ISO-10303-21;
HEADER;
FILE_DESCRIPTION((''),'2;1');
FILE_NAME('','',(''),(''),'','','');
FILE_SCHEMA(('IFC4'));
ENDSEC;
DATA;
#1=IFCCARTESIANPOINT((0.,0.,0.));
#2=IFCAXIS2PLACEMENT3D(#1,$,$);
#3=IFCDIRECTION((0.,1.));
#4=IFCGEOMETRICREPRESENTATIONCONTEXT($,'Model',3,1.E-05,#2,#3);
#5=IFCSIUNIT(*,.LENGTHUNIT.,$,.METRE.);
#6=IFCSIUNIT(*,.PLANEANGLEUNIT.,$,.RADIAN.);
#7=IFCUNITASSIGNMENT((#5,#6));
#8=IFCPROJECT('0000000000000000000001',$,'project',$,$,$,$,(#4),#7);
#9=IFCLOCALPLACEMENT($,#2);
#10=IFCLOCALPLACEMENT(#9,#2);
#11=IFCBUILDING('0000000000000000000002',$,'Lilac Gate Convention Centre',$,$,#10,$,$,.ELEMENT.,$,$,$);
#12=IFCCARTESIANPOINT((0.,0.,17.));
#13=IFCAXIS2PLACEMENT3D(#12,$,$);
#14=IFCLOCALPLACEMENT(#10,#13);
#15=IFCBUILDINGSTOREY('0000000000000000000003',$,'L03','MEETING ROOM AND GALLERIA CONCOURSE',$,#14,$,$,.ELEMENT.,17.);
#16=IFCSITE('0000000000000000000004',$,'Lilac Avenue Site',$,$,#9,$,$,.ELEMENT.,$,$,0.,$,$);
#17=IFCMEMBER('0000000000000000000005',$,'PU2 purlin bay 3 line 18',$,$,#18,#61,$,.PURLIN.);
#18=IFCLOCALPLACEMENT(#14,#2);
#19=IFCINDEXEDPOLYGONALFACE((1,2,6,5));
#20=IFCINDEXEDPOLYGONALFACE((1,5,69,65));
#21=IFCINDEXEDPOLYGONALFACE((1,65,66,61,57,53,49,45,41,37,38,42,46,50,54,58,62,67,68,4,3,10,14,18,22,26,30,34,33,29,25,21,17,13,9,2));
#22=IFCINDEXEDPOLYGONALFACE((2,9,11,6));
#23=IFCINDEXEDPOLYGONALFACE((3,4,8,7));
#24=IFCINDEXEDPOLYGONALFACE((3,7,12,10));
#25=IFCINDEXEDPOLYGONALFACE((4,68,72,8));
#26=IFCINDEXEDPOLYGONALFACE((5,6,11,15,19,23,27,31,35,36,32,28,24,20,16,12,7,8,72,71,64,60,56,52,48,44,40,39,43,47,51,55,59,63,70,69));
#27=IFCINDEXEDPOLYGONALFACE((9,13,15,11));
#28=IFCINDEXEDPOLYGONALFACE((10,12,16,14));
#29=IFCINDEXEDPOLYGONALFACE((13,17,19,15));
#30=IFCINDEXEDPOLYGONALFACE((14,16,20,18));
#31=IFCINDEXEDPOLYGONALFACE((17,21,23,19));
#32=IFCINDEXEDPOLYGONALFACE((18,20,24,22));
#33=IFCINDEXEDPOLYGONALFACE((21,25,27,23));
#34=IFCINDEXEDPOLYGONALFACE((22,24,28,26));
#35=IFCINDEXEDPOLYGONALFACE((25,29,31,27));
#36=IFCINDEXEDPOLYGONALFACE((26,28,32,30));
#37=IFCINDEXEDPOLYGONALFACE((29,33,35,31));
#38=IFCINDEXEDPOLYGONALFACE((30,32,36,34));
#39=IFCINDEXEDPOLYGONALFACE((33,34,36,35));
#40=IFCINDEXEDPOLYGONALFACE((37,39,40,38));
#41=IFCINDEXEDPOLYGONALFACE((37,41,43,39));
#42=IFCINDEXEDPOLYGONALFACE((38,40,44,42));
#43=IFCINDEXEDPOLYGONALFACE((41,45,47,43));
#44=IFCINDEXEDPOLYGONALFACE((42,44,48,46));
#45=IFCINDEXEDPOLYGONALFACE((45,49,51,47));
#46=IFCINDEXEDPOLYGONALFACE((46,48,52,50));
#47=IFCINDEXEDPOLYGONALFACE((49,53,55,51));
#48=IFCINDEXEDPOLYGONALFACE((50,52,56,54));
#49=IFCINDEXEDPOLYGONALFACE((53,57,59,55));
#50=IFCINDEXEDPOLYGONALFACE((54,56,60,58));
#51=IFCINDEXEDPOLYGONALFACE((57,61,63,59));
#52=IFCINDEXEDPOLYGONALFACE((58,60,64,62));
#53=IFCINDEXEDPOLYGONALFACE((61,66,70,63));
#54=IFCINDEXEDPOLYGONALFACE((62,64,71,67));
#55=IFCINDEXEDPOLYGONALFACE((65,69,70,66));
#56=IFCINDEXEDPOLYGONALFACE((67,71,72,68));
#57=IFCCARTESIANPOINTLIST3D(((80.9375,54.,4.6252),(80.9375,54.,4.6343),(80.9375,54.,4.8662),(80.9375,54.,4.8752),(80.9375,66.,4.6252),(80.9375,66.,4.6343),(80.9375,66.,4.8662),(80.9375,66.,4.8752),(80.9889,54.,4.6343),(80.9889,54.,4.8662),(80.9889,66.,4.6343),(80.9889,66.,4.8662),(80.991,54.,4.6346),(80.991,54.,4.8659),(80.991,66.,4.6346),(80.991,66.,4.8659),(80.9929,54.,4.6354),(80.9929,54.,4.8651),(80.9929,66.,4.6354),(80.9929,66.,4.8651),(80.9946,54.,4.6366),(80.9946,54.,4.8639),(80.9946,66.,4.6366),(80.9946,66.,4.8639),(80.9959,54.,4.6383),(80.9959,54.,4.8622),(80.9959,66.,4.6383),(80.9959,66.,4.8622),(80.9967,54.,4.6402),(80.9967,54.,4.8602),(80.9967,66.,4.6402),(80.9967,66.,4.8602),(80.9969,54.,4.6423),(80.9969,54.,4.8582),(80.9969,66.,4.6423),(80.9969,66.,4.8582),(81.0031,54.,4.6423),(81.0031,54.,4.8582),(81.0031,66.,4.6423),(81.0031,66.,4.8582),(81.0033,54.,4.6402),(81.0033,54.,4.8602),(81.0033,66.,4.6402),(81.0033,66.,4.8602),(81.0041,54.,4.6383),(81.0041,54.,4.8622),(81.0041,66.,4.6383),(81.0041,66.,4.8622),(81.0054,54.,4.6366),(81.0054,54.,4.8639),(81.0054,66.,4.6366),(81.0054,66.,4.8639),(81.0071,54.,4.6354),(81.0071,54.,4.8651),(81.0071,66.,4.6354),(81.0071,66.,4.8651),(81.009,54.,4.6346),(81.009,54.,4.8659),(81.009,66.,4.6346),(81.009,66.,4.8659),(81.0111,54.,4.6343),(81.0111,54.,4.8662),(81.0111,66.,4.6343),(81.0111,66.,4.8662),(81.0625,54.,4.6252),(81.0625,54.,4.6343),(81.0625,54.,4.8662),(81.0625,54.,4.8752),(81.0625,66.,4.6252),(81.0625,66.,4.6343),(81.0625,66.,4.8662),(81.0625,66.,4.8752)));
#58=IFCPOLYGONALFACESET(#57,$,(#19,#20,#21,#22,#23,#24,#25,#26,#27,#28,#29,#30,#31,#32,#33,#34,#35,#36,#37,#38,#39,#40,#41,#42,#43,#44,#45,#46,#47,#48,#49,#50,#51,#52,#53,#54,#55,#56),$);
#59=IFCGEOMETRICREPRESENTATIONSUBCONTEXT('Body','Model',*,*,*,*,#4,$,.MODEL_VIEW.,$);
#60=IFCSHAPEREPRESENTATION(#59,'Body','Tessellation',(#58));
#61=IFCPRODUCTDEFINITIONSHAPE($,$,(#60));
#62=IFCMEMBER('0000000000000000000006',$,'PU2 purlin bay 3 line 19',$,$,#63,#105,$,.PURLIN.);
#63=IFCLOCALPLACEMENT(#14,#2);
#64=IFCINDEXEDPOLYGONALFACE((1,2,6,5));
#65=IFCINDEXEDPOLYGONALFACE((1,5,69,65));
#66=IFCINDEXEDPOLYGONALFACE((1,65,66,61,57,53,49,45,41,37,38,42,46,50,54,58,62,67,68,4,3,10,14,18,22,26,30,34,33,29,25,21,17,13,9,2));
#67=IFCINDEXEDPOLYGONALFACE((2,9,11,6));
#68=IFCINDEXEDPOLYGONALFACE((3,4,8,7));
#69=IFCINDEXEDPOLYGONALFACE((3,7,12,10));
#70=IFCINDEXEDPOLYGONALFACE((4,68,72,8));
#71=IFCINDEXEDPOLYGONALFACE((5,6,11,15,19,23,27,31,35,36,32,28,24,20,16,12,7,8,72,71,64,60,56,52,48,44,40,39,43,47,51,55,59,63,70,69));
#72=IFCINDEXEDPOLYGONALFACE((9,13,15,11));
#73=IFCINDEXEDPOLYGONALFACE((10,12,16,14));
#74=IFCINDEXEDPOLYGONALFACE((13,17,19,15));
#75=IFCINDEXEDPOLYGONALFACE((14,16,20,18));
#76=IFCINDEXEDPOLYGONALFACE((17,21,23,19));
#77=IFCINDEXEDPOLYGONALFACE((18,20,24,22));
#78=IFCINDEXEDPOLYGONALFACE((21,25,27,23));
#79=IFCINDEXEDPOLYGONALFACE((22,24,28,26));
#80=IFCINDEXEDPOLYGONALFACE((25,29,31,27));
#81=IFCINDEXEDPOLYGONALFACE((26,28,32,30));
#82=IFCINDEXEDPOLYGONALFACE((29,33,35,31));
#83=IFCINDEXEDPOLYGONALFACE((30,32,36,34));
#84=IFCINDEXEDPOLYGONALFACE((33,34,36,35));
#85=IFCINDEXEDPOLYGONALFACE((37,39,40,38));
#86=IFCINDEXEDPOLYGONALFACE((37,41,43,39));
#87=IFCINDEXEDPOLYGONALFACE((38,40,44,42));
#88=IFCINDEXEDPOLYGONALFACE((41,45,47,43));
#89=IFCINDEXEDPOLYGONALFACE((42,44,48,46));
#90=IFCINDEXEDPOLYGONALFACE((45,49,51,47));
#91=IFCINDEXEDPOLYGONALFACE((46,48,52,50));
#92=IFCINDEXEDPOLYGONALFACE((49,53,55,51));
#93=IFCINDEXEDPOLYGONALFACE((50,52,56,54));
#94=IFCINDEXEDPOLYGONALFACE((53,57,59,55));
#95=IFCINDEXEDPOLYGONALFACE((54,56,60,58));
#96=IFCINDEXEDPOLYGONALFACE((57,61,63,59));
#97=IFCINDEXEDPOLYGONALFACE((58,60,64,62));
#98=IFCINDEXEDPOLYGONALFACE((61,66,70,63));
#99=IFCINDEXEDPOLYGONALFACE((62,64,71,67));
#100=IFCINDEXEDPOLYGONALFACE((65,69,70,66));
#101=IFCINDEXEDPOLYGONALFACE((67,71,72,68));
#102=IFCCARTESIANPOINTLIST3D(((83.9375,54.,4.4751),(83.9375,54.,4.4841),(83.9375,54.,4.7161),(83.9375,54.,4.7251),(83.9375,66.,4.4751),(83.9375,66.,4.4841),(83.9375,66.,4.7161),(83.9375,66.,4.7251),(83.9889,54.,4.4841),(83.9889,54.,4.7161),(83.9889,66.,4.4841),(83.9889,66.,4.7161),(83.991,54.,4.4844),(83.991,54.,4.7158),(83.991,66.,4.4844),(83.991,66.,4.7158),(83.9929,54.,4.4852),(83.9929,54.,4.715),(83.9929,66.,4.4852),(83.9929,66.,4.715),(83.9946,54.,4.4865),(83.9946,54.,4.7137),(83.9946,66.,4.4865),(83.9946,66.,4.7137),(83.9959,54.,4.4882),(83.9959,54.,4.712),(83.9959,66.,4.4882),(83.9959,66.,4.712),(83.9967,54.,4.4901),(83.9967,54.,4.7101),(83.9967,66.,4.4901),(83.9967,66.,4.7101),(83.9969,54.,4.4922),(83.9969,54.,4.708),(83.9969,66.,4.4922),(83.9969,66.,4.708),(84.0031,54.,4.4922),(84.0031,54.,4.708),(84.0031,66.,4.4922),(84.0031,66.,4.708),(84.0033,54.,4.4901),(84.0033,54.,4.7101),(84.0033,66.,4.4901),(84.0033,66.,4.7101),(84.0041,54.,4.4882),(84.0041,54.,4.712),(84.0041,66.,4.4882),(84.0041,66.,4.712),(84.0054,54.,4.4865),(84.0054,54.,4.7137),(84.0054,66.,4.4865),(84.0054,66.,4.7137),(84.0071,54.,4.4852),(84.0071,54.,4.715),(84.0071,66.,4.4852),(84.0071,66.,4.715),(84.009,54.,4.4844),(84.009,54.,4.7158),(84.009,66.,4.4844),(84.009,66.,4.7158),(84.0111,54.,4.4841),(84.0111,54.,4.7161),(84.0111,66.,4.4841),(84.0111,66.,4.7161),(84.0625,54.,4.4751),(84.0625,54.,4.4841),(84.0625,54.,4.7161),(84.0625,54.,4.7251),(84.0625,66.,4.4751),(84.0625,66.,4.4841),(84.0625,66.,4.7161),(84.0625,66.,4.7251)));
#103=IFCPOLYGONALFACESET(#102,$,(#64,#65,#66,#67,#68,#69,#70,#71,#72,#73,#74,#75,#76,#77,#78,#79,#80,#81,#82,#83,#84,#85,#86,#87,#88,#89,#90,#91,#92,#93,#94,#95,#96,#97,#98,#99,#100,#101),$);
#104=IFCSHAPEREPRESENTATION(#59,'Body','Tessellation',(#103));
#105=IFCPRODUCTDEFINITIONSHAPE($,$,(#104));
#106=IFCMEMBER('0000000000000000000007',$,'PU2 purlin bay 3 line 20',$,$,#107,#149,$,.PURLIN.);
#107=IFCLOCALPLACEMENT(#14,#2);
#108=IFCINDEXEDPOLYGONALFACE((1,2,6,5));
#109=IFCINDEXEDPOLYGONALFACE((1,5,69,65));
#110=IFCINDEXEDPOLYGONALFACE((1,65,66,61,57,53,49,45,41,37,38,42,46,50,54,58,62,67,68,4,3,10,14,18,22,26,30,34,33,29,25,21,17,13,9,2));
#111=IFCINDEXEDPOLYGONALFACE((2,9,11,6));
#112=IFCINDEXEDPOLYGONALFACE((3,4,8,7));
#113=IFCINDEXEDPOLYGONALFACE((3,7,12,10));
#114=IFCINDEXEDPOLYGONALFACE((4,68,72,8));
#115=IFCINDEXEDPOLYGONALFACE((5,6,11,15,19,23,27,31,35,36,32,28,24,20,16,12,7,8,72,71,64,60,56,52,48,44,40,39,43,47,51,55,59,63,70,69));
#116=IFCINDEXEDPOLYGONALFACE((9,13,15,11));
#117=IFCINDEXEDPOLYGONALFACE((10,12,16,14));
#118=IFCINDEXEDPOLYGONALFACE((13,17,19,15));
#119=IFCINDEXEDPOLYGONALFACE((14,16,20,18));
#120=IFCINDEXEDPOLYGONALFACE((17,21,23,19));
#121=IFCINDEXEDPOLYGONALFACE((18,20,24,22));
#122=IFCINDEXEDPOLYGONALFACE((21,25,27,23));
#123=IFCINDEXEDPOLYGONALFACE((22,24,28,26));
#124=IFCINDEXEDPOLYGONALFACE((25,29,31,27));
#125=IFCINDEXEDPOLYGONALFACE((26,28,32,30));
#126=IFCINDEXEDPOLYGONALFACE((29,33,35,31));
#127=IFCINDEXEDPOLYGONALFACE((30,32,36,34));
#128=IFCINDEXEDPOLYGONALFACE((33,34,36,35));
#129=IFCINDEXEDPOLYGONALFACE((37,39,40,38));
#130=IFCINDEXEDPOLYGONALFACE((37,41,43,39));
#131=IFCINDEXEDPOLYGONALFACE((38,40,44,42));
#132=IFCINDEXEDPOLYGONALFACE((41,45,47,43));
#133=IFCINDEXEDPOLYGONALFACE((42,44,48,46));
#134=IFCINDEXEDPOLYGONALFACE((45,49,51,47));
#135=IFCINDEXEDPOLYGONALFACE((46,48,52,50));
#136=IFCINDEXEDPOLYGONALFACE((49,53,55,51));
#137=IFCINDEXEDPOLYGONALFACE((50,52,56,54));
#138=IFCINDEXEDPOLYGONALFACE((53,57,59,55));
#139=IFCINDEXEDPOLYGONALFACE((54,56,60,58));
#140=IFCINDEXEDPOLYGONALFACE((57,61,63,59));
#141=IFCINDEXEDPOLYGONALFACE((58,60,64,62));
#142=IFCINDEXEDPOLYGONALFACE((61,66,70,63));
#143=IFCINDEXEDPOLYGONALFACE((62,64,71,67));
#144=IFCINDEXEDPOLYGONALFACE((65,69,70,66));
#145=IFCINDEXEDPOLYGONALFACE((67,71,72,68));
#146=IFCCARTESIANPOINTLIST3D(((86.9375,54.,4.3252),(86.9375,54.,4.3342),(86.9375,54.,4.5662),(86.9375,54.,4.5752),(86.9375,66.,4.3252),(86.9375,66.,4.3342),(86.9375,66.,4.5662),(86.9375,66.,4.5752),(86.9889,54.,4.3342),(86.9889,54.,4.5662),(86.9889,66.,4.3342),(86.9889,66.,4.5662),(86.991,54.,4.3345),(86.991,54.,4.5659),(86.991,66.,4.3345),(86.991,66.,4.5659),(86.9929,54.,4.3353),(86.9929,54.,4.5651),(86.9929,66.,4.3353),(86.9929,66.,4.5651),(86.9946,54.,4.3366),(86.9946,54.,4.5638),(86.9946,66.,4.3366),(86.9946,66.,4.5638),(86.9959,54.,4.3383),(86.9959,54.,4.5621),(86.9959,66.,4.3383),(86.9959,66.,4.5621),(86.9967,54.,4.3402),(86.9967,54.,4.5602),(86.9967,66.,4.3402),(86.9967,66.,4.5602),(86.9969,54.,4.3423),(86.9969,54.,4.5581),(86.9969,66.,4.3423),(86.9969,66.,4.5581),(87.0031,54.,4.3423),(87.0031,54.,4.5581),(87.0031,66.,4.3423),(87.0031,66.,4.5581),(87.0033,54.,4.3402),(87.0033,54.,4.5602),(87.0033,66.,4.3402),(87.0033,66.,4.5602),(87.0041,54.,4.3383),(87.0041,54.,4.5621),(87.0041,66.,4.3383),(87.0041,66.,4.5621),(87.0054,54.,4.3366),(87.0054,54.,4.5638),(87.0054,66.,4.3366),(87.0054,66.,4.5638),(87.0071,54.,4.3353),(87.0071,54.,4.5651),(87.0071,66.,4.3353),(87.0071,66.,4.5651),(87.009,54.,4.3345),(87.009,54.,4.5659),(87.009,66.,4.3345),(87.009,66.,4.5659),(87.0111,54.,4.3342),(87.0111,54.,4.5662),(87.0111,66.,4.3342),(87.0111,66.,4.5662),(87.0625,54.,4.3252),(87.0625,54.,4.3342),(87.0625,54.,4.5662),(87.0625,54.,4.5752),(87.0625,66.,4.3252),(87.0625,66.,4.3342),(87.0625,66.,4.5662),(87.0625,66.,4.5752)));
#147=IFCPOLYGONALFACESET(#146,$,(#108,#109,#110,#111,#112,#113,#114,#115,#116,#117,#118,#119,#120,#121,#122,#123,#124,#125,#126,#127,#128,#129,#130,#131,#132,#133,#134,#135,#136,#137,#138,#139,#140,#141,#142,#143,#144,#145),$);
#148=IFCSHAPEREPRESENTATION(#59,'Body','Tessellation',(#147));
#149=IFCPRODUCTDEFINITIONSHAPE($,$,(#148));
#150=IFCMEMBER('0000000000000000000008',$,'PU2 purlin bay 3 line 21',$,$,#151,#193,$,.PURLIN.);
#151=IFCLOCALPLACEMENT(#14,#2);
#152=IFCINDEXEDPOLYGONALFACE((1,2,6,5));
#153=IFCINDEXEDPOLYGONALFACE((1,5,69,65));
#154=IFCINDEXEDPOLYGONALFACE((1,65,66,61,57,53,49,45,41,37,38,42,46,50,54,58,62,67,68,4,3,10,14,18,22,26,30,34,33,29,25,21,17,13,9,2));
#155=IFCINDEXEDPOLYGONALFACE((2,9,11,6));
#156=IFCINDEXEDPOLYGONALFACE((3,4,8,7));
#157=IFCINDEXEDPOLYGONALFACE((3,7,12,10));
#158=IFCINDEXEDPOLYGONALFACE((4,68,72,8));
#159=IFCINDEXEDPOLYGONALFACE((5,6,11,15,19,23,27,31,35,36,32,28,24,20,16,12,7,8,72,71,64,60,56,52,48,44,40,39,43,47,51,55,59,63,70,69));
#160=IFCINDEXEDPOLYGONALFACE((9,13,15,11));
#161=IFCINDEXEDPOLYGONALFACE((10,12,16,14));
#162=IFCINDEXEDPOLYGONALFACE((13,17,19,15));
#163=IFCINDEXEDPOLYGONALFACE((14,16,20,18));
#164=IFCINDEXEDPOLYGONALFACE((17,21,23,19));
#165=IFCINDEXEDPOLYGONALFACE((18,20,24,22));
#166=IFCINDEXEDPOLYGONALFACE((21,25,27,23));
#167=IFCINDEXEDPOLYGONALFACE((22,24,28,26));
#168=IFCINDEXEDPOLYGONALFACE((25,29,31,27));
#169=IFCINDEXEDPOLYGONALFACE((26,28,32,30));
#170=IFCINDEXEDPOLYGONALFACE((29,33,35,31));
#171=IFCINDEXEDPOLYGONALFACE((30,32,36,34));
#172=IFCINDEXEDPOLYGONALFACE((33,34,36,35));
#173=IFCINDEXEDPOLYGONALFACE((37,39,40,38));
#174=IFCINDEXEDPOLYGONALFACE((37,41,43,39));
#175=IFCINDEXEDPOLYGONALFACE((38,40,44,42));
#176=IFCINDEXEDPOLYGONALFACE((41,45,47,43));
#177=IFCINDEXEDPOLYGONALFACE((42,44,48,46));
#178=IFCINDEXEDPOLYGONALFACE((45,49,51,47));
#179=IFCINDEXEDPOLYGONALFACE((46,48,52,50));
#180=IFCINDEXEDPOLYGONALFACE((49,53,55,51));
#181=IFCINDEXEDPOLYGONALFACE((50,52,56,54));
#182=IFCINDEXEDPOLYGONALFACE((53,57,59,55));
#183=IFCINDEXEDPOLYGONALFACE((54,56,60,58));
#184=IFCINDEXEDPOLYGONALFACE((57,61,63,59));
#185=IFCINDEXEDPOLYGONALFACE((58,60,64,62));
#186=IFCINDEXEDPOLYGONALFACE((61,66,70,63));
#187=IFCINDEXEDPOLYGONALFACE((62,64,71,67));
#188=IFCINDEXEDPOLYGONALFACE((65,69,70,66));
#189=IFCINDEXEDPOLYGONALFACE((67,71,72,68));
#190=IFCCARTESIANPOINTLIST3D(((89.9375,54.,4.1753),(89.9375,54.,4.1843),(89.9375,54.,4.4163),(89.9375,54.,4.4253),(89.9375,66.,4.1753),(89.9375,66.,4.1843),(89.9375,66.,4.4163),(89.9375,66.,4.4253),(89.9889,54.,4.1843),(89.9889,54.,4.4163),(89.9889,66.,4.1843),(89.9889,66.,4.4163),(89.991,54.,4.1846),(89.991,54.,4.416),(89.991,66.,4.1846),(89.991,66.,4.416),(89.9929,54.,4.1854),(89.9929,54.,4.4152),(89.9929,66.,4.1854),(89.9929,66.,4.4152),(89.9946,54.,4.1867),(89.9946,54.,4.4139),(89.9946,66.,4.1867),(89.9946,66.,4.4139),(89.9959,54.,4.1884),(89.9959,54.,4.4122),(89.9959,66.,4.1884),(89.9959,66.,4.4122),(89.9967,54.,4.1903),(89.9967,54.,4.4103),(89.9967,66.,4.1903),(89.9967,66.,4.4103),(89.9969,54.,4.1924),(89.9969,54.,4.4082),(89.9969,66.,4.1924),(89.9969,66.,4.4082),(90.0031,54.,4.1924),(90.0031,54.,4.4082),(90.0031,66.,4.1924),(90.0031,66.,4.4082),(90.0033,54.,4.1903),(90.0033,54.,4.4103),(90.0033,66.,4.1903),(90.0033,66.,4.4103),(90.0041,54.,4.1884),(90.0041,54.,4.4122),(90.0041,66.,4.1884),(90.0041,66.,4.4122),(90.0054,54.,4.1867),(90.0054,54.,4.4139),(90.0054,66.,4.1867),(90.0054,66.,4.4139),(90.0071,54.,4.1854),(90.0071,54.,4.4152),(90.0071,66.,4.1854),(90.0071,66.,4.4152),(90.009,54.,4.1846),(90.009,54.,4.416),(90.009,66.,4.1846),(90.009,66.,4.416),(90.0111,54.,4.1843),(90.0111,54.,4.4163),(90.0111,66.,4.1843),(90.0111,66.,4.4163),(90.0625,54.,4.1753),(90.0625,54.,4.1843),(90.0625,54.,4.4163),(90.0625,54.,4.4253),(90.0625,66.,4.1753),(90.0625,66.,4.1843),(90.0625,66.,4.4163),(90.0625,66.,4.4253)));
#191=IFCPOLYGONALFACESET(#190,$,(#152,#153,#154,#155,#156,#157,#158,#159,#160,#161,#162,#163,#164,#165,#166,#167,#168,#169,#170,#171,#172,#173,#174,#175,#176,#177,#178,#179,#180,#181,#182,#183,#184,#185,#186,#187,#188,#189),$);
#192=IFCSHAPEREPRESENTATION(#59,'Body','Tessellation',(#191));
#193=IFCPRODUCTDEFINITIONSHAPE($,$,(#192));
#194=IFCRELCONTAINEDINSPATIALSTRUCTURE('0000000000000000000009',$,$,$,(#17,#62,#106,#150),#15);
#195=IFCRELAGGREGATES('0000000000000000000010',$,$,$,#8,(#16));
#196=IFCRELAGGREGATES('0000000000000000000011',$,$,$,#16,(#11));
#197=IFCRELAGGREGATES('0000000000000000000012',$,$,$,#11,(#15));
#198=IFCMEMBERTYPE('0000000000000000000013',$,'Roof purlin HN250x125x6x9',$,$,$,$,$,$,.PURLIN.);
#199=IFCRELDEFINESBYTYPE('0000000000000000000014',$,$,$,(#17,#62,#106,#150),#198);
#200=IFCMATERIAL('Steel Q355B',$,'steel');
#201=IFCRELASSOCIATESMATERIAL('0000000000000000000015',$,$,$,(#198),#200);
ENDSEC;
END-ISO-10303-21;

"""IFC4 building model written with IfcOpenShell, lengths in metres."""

from ifc_helpers import new_model, si_unit, direction, frame, origin, origin_2d, place, context, subcontext, project, spatial, i_section, extrude, material, material_profile, profile_set, type_object, element, save


model = new_model("IFC4")

# Units and contexts
model_context = context("Model", 3, precision=1e-05, world=origin(), true_north=direction((0.0, 1.0)))
body_context = subcontext(model_context, "Body", "Model", "MODEL_VIEW")
ifc_project = project(units=[si_unit("LENGTHUNIT", "METRE"), si_unit("PLANEANGLEUNIT", "RADIAN")], contexts=[model_context])

# Site, building, storey
site_placement = place(None, origin())
site = spatial("IfcSite", under=ifc_project, at=site_placement, Name="Lilac Avenue Site", CompositionType="ELEMENT", RefElevation=0.0)
building_placement = place(site_placement, origin())
building = spatial("IfcBuilding", under=site, at=building_placement, Name="Lilac Gate Convention Centre", CompositionType="ELEMENT")
storey_placement = place(building_placement, frame((0.0, 0.0, 17.0)))
storey = spatial("IfcBuildingStorey", under=building, at=storey_placement, Name="L03", Description="MEETING ROOM AND GALLERIA CONCOURSE", CompositionType="ELEMENT", Elevation=17.0)

# Members
ifc_material = material(Name="Steel Q355B", Category="steel")
ifc_material_profile_1 = material_profile(ifc_material, i_section(OverallWidth=0.125, OverallDepth=0.25, WebThickness=0.0061, FlangeThickness=0.009, FilletRadius=0.0081, at=origin_2d()), Name="HN250x125x6x9")
ifc_profile_set_1 = profile_set([ifc_material_profile_1], Name="Steel Q355B")
member_type_1 = type_object("IfcMemberType", Name="Roof purlin HN250x125x6x9", PredefinedType="PURLIN", material=ifc_profile_set_1)
for number, where, z_axis, x_axis, name in (
    (1, (81.0, 54.0, 4.7502), (0.0, 1.0, 0.0), (-1.0, 0.0, 0.0), "PU2 purlin bay 3 line 18"),
    (2, (84.0, 54.0, 4.6001), (0.0, 1.0, 0.0), (-1.0, 0.0, 0.0), "PU2 purlin bay 3 line 19"),
    (3, (87.0, 54.0, 4.4502), (0.0, 1.0, 0.0), (-1.0, 0.0, 0.0), "PU2 purlin bay 3 line 20"),
    (4, (90.0, 54.0, 4.3003), (0.0, 1.0, 0.0), (-1.0, 0.0, 0.0), "PU2 purlin bay 3 line 21"),
):
    element("IfcMember", number, at=place(storey_placement, frame(where, z_axis=z_axis, x_axis=x_axis)), inside=storey, type_object=member_type_1, Name=name, PredefinedType="PURLIN", context=body_context, shape_type="SweptSolid", body=[
        extrude(i_section(OverallWidth=0.125, OverallDepth=0.25, WebThickness=0.0061, FlangeThickness=0.009, FilletRadius=0.0081, at=origin_2d()), origin(), (0.0, 0.0, 1.0), 12.0),
    ])

save(model, "model.ifc")
